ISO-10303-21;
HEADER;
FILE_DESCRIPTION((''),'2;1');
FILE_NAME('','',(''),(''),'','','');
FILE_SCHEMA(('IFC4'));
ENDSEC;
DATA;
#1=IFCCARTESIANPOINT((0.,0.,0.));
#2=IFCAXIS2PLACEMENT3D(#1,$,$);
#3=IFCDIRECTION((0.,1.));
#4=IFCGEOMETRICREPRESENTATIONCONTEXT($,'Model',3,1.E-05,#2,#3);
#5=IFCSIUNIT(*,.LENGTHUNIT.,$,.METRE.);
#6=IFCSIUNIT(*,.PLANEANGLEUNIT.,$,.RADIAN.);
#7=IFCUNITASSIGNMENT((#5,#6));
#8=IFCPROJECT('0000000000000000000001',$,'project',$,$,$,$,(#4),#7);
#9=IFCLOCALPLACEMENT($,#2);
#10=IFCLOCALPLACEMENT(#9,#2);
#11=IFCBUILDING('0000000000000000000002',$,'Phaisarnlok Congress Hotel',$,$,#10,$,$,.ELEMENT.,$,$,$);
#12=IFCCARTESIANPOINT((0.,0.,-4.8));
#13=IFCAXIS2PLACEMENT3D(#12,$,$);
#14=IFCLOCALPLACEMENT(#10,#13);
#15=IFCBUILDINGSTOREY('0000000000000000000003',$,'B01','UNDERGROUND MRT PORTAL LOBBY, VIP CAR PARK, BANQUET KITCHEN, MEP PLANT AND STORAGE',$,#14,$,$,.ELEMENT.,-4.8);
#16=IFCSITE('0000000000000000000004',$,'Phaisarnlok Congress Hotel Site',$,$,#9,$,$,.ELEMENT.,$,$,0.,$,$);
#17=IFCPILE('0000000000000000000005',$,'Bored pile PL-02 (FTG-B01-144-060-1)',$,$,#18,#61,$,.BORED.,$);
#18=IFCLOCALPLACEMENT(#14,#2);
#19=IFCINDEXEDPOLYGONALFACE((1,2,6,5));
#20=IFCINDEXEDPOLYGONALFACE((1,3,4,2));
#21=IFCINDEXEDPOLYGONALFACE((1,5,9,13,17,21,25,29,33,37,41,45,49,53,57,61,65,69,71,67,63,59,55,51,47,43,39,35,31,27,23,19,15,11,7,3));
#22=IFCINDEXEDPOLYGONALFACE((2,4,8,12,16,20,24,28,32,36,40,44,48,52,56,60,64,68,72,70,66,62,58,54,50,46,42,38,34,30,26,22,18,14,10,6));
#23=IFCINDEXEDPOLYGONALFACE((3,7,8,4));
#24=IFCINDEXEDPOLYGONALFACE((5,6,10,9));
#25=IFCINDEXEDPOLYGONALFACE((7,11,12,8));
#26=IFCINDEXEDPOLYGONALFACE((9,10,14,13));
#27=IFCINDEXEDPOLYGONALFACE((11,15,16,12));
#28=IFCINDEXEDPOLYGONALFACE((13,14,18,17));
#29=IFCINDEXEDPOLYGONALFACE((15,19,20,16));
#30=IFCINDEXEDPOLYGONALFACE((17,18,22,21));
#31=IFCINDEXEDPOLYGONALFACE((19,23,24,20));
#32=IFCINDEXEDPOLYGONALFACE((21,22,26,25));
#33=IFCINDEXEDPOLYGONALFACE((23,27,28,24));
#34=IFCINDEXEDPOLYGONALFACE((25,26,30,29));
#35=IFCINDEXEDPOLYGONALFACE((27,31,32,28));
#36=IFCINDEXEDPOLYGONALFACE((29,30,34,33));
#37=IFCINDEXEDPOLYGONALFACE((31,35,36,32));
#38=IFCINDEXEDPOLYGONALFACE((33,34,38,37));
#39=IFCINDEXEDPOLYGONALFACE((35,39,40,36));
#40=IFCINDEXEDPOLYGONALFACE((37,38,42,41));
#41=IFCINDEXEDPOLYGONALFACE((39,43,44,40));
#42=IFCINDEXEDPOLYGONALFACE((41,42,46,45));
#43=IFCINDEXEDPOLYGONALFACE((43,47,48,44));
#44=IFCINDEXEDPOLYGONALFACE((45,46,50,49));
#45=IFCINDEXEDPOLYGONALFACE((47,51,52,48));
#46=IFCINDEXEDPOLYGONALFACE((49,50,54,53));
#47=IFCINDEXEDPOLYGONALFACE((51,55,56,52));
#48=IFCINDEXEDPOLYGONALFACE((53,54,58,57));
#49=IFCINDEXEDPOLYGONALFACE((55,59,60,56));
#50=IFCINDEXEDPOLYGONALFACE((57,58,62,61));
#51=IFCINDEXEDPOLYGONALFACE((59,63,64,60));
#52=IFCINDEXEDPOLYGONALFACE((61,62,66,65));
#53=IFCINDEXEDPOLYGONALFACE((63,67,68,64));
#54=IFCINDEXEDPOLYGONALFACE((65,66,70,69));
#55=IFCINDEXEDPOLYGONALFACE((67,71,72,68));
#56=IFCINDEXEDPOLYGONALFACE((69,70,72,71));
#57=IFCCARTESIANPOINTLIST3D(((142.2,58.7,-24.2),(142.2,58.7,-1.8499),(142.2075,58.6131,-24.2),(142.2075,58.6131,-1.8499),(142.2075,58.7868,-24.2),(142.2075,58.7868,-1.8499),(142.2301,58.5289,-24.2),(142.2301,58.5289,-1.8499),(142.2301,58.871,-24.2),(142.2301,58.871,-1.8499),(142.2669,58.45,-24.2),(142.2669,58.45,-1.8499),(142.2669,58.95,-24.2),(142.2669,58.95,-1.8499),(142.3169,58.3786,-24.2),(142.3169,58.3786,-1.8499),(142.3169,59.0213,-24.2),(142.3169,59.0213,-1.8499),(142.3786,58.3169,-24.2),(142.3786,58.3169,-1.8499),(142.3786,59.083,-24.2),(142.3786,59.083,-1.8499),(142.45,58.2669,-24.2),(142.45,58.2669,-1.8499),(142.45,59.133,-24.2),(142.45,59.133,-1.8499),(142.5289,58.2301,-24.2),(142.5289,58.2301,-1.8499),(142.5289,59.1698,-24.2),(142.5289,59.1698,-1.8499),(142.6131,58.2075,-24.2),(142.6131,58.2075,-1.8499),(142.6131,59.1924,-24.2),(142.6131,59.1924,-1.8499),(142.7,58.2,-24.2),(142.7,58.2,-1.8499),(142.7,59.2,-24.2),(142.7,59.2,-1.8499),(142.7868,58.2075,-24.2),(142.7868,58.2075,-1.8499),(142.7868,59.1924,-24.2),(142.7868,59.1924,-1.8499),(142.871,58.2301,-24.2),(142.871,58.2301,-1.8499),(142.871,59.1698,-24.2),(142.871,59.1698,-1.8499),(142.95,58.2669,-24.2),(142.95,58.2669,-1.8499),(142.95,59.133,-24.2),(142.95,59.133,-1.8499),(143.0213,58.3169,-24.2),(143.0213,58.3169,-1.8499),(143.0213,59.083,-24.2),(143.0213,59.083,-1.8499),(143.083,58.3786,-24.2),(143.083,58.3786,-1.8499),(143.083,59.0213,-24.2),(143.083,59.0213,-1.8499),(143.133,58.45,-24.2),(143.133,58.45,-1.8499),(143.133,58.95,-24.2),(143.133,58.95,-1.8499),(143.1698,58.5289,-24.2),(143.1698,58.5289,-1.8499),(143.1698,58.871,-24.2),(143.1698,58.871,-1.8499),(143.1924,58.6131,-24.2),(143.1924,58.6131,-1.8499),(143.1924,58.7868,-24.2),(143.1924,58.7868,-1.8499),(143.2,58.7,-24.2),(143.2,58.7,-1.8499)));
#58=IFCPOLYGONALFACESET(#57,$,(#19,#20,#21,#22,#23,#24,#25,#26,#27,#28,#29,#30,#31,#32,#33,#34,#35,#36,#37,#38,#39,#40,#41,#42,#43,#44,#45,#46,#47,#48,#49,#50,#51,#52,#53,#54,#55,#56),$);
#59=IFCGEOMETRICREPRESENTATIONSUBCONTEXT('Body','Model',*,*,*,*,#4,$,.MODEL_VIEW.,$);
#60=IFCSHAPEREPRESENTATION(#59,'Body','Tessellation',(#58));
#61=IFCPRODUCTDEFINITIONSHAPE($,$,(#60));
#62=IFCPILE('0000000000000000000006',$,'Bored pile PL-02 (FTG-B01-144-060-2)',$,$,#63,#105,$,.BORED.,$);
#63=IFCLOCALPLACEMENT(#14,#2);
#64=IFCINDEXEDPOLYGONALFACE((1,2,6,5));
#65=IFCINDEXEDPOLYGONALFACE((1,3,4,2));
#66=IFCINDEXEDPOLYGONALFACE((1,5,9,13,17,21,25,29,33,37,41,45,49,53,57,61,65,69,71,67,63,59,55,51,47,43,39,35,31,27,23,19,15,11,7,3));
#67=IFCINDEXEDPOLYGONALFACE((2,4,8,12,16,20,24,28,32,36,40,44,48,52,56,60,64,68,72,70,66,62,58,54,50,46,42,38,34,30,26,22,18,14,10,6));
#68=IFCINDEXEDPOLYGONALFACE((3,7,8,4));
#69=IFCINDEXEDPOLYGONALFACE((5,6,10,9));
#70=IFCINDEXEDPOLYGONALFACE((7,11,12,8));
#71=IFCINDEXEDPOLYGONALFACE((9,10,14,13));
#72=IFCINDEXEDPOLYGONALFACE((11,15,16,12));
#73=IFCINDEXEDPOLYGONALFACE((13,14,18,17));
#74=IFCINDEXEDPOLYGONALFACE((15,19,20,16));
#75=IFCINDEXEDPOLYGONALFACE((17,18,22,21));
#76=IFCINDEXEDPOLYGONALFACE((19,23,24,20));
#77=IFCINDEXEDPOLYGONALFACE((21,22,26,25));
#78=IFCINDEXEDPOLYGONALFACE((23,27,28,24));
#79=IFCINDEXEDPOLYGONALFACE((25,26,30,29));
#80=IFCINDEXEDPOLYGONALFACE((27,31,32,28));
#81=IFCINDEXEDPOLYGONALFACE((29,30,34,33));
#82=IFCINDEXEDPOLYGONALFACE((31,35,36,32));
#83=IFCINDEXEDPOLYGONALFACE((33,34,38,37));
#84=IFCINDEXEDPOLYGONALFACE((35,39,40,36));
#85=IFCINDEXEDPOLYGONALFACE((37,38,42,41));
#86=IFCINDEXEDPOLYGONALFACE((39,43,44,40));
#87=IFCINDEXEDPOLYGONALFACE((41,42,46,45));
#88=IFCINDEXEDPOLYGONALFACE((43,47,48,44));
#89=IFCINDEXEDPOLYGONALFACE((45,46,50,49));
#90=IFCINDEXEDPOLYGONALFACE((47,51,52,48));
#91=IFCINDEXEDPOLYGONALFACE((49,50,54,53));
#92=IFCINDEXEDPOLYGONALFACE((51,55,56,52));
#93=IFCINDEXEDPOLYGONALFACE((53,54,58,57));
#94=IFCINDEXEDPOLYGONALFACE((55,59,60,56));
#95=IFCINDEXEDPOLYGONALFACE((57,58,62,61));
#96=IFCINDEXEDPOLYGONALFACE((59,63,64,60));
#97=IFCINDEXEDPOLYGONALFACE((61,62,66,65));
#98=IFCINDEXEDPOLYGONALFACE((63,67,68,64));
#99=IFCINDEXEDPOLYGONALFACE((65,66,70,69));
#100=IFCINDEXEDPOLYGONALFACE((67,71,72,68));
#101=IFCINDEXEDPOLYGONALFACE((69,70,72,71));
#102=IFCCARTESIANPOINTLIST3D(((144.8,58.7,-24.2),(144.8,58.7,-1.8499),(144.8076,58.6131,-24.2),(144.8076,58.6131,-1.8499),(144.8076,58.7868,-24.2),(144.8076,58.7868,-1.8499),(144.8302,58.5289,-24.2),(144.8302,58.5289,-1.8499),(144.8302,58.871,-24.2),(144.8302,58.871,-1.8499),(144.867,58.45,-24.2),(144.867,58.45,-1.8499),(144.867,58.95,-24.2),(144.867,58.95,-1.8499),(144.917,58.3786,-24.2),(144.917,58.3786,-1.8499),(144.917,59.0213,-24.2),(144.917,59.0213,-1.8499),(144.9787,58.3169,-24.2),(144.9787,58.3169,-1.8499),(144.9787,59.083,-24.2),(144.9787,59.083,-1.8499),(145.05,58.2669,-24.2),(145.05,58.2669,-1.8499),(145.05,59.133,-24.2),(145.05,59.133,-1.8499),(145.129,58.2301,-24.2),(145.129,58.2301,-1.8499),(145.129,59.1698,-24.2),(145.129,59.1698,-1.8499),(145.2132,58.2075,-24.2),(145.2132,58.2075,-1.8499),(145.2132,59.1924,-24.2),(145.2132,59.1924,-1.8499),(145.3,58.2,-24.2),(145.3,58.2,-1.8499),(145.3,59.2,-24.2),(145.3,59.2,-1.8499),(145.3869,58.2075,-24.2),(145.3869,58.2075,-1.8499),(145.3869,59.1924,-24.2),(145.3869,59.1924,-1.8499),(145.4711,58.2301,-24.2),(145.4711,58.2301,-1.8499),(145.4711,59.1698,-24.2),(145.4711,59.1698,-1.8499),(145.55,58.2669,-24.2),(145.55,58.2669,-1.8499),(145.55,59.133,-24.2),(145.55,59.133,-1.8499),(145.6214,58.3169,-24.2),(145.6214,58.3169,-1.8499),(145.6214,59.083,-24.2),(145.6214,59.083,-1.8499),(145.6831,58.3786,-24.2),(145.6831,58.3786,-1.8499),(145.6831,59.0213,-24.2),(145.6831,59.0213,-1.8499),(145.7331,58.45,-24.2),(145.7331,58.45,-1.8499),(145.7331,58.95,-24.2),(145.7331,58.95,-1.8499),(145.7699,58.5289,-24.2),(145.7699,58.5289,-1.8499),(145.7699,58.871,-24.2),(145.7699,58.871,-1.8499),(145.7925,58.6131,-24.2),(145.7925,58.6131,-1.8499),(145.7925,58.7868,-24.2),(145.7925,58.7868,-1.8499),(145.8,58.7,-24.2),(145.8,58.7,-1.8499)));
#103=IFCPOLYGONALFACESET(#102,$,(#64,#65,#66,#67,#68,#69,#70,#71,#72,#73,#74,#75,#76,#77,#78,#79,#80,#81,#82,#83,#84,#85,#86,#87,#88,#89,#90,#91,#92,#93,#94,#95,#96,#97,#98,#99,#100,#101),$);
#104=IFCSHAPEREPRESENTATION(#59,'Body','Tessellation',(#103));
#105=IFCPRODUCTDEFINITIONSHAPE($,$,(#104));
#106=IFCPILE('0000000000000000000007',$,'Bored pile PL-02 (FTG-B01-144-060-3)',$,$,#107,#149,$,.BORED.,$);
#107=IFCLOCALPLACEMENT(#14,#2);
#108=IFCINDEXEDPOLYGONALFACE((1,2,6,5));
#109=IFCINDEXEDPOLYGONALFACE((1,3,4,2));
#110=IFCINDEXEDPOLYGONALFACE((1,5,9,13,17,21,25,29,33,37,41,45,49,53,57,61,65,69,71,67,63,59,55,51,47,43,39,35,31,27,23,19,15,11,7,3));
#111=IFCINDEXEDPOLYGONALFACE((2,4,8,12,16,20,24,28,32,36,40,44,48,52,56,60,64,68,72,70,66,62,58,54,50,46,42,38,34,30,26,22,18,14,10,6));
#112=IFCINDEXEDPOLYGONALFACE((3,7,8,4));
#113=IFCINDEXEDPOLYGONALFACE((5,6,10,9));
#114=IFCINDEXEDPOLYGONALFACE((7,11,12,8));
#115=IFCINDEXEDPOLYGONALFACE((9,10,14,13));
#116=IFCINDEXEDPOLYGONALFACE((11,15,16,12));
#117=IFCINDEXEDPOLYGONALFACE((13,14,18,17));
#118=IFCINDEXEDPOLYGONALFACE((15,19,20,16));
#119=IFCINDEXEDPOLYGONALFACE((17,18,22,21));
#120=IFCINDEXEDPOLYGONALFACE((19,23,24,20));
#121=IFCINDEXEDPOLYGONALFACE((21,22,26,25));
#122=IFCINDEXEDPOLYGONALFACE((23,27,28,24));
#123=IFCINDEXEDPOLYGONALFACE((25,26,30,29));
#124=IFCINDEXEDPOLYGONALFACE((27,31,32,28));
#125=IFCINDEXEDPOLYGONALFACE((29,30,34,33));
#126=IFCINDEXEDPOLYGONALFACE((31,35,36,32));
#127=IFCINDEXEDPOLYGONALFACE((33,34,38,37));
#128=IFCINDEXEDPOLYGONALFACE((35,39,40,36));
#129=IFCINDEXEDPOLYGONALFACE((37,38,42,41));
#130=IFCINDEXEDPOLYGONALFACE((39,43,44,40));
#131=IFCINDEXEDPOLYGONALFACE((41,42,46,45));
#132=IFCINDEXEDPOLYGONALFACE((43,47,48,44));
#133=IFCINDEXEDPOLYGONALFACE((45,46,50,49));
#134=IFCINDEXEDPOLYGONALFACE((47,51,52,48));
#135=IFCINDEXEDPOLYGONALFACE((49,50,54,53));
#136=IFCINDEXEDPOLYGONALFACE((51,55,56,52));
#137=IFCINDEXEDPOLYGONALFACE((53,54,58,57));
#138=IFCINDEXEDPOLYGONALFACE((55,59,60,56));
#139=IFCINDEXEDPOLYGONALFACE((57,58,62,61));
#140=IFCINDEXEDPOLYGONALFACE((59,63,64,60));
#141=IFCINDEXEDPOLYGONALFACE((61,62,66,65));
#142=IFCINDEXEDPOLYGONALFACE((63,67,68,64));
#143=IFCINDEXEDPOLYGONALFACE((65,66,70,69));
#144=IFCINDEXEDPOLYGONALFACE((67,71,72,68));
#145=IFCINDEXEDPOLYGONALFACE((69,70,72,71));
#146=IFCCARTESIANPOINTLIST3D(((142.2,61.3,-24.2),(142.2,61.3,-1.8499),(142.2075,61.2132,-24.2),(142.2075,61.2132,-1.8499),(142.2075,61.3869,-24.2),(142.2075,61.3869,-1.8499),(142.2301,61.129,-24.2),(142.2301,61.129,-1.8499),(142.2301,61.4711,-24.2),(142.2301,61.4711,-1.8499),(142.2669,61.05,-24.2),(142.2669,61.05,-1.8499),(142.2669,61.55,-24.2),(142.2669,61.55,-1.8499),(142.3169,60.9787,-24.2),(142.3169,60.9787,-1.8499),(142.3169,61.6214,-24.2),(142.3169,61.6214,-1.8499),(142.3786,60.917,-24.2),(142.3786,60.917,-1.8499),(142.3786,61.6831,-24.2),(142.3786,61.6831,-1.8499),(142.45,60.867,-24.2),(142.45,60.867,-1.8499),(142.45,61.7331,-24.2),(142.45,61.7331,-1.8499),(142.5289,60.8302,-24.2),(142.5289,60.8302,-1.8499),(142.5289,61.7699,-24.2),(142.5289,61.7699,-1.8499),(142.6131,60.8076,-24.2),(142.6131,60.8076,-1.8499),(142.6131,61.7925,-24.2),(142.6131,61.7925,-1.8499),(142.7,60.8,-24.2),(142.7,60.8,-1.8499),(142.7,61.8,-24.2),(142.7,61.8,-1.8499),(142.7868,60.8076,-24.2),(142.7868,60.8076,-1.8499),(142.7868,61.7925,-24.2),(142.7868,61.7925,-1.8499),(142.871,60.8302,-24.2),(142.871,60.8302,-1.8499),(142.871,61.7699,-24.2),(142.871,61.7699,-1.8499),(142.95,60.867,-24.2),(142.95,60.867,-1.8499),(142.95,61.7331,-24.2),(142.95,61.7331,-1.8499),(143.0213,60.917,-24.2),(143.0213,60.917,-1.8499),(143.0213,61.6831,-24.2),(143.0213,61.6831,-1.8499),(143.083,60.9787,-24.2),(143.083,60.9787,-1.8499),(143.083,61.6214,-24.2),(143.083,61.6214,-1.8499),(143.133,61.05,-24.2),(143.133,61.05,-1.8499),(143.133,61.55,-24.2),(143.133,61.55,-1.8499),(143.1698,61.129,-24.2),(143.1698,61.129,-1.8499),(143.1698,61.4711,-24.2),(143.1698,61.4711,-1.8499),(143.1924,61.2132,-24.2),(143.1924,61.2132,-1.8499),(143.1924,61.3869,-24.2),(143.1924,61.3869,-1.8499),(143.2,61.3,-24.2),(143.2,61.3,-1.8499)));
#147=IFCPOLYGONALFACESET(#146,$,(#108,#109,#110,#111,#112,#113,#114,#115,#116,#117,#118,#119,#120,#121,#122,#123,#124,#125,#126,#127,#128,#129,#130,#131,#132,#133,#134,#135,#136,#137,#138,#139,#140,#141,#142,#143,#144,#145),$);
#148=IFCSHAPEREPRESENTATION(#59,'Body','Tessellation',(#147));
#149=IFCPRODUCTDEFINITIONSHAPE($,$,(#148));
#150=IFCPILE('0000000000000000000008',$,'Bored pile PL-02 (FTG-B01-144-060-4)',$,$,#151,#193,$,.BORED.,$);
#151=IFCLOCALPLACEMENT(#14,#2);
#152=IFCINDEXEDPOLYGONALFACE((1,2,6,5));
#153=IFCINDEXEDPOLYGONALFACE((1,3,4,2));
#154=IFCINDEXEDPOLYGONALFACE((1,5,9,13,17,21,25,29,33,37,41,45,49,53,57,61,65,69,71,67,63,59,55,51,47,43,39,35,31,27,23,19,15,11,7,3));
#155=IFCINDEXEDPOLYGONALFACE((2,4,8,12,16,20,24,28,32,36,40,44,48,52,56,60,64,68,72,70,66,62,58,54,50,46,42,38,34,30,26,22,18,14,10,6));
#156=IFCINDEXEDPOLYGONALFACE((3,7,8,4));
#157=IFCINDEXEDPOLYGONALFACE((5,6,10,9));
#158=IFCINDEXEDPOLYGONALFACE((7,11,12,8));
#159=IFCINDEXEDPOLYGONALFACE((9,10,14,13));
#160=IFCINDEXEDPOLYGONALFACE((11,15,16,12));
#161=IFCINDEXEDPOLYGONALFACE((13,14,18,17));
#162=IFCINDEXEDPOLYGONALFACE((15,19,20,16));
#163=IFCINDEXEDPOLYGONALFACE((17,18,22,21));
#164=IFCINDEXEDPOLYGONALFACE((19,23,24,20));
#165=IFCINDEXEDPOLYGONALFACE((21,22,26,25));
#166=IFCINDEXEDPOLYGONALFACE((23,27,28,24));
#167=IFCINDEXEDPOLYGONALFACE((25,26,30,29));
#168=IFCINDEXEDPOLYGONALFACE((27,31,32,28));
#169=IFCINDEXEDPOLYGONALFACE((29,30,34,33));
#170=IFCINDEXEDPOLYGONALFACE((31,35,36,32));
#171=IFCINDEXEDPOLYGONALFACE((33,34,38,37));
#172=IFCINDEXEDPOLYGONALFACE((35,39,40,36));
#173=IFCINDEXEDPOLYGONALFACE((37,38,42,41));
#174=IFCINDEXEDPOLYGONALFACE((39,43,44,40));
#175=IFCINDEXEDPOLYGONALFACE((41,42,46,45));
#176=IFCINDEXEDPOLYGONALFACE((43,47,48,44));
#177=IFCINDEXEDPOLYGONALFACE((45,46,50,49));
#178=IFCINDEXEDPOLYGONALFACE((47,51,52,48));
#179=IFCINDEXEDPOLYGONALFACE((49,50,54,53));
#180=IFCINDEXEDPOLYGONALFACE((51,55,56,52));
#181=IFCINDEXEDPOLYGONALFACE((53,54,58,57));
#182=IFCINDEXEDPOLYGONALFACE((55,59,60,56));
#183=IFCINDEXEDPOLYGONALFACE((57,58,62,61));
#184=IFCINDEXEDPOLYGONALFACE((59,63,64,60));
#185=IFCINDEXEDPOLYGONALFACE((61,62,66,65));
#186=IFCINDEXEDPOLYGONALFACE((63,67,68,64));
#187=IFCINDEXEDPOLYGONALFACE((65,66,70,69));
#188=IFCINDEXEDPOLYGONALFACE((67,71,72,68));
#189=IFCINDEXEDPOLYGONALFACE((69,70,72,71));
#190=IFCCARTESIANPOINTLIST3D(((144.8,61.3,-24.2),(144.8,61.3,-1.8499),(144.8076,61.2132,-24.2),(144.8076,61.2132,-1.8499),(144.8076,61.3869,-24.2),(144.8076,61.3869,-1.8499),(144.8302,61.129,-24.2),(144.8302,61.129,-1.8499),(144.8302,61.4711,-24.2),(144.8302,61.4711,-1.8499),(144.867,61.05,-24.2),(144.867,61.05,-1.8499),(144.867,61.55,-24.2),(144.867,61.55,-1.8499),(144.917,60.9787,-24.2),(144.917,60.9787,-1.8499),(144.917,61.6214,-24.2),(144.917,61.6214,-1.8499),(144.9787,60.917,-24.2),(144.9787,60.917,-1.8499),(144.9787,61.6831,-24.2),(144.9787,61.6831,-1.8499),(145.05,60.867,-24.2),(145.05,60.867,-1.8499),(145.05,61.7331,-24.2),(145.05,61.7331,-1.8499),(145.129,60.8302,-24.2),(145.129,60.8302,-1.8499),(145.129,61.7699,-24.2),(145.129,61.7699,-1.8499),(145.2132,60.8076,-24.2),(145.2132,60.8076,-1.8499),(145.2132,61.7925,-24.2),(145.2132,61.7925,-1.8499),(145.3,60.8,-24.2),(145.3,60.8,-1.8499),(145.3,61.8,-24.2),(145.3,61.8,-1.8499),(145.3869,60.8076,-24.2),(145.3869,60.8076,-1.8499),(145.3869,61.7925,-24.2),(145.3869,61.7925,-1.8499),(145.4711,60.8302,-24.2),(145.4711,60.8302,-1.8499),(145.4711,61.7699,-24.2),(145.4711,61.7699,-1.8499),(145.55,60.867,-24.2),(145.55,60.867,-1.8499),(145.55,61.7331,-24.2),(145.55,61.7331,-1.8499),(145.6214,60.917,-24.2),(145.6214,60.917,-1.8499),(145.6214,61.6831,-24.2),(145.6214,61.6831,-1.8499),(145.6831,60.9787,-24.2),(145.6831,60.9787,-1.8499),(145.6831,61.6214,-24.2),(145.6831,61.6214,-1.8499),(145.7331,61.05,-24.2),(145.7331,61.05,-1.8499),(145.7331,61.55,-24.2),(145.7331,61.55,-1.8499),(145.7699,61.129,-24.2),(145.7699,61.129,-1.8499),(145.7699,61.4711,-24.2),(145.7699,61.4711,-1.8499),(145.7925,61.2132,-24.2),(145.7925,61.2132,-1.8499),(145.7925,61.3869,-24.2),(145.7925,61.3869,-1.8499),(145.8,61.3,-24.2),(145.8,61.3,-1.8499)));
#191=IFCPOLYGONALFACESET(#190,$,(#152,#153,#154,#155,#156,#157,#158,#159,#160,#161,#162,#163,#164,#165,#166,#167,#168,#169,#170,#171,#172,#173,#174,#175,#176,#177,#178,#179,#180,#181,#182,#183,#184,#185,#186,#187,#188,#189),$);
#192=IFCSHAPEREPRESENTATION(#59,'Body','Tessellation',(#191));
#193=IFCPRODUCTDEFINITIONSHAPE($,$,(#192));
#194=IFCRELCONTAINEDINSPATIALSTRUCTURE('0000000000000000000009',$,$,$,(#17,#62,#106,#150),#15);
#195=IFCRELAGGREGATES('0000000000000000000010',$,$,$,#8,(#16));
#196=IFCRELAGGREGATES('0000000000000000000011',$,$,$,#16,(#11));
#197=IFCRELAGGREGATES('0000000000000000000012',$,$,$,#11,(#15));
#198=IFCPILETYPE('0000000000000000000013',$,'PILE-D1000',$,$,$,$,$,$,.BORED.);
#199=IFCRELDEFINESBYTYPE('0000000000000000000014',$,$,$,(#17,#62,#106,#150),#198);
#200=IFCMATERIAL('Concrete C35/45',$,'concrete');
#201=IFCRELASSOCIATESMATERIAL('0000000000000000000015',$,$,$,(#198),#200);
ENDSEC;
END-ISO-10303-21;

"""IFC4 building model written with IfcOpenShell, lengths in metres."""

from ifc_helpers import new_model, si_unit, direction, frame, origin, origin_2d, place, context, subcontext, project, spatial, circle, extrude, material, material_profile, profile_set, type_object, element, save


model = new_model("IFC4")

# Units and contexts
model_context = context("Model", 3, precision=1e-05, world=origin(), true_north=direction((0.0, 1.0)))
body_context = subcontext(model_context, "Body", "Model", "MODEL_VIEW")
ifc_project = project(units=[si_unit("LENGTHUNIT", "METRE"), si_unit("PLANEANGLEUNIT", "RADIAN")], contexts=[model_context])

# Site, building, storey
site_placement = place(None, origin())
site = spatial("IfcSite", under=ifc_project, at=site_placement, Name="Phaisarnlok Congress Hotel Site", CompositionType="ELEMENT", RefElevation=0.0)
building_placement = place(site_placement, origin())
building = spatial("IfcBuilding", under=site, at=building_placement, Name="Phaisarnlok Congress Hotel", CompositionType="ELEMENT")
storey_placement = place(building_placement, frame((0.0, 0.0, -4.8)))
storey = spatial("IfcBuildingStorey", under=building, at=storey_placement, Name="B01", Description="UNDERGROUND MRT PORTAL LOBBY, VIP CAR PARK, BANQUET KITCHEN, MEP PLANT AND STORAGE", CompositionType="ELEMENT", Elevation=-4.8)

# Piles
ifc_material_1 = material(Name="Concrete C35/45", Category="concrete")
ifc_material_profile_1 = material_profile(ifc_material_1, circle(Radius=0.5, at=origin_2d()), Name="BORED PILE D1000")
ifc_profile_set_1 = profile_set([ifc_material_profile_1], Name="Concrete C35/45")
pile_type_1 = type_object("IfcPileType", Name="PILE-D1000", PredefinedType="BORED", material=ifc_profile_set_1)
for number, where, z_axis, x_axis, name in (
    (1, (142.7, 58.7, -1.8499), (0.0, 0.0, -1.0), (1.0, 0.0, 0.0), "Bored pile PL-02 (FTG-B01-144-060-1)"),
    (2, (145.3, 58.7, -1.8499), (0.0, 0.0, -1.0), (1.0, 0.0, 0.0), "Bored pile PL-02 (FTG-B01-144-060-2)"),
    (3, (142.7, 61.3, -1.8499), (0.0, 0.0, -1.0), (1.0, 0.0, 0.0), "Bored pile PL-02 (FTG-B01-144-060-3)"),
    (4, (145.3, 61.3, -1.8499), (0.0, 0.0, -1.0), (1.0, 0.0, 0.0), "Bored pile PL-02 (FTG-B01-144-060-4)"),
):
    element("IfcPile", number, at=place(storey_placement, frame(where, z_axis=z_axis, x_axis=x_axis)), inside=storey, type_object=pile_type_1, Name=name, PredefinedType="BORED", context=body_context, shape_type="SweptSolid", body=[
        extrude(circle(Radius=0.5, at=origin_2d()), origin(), (0.0, 0.0, 1.0), 22.3501),
    ])

save(model, "model.ifc")
